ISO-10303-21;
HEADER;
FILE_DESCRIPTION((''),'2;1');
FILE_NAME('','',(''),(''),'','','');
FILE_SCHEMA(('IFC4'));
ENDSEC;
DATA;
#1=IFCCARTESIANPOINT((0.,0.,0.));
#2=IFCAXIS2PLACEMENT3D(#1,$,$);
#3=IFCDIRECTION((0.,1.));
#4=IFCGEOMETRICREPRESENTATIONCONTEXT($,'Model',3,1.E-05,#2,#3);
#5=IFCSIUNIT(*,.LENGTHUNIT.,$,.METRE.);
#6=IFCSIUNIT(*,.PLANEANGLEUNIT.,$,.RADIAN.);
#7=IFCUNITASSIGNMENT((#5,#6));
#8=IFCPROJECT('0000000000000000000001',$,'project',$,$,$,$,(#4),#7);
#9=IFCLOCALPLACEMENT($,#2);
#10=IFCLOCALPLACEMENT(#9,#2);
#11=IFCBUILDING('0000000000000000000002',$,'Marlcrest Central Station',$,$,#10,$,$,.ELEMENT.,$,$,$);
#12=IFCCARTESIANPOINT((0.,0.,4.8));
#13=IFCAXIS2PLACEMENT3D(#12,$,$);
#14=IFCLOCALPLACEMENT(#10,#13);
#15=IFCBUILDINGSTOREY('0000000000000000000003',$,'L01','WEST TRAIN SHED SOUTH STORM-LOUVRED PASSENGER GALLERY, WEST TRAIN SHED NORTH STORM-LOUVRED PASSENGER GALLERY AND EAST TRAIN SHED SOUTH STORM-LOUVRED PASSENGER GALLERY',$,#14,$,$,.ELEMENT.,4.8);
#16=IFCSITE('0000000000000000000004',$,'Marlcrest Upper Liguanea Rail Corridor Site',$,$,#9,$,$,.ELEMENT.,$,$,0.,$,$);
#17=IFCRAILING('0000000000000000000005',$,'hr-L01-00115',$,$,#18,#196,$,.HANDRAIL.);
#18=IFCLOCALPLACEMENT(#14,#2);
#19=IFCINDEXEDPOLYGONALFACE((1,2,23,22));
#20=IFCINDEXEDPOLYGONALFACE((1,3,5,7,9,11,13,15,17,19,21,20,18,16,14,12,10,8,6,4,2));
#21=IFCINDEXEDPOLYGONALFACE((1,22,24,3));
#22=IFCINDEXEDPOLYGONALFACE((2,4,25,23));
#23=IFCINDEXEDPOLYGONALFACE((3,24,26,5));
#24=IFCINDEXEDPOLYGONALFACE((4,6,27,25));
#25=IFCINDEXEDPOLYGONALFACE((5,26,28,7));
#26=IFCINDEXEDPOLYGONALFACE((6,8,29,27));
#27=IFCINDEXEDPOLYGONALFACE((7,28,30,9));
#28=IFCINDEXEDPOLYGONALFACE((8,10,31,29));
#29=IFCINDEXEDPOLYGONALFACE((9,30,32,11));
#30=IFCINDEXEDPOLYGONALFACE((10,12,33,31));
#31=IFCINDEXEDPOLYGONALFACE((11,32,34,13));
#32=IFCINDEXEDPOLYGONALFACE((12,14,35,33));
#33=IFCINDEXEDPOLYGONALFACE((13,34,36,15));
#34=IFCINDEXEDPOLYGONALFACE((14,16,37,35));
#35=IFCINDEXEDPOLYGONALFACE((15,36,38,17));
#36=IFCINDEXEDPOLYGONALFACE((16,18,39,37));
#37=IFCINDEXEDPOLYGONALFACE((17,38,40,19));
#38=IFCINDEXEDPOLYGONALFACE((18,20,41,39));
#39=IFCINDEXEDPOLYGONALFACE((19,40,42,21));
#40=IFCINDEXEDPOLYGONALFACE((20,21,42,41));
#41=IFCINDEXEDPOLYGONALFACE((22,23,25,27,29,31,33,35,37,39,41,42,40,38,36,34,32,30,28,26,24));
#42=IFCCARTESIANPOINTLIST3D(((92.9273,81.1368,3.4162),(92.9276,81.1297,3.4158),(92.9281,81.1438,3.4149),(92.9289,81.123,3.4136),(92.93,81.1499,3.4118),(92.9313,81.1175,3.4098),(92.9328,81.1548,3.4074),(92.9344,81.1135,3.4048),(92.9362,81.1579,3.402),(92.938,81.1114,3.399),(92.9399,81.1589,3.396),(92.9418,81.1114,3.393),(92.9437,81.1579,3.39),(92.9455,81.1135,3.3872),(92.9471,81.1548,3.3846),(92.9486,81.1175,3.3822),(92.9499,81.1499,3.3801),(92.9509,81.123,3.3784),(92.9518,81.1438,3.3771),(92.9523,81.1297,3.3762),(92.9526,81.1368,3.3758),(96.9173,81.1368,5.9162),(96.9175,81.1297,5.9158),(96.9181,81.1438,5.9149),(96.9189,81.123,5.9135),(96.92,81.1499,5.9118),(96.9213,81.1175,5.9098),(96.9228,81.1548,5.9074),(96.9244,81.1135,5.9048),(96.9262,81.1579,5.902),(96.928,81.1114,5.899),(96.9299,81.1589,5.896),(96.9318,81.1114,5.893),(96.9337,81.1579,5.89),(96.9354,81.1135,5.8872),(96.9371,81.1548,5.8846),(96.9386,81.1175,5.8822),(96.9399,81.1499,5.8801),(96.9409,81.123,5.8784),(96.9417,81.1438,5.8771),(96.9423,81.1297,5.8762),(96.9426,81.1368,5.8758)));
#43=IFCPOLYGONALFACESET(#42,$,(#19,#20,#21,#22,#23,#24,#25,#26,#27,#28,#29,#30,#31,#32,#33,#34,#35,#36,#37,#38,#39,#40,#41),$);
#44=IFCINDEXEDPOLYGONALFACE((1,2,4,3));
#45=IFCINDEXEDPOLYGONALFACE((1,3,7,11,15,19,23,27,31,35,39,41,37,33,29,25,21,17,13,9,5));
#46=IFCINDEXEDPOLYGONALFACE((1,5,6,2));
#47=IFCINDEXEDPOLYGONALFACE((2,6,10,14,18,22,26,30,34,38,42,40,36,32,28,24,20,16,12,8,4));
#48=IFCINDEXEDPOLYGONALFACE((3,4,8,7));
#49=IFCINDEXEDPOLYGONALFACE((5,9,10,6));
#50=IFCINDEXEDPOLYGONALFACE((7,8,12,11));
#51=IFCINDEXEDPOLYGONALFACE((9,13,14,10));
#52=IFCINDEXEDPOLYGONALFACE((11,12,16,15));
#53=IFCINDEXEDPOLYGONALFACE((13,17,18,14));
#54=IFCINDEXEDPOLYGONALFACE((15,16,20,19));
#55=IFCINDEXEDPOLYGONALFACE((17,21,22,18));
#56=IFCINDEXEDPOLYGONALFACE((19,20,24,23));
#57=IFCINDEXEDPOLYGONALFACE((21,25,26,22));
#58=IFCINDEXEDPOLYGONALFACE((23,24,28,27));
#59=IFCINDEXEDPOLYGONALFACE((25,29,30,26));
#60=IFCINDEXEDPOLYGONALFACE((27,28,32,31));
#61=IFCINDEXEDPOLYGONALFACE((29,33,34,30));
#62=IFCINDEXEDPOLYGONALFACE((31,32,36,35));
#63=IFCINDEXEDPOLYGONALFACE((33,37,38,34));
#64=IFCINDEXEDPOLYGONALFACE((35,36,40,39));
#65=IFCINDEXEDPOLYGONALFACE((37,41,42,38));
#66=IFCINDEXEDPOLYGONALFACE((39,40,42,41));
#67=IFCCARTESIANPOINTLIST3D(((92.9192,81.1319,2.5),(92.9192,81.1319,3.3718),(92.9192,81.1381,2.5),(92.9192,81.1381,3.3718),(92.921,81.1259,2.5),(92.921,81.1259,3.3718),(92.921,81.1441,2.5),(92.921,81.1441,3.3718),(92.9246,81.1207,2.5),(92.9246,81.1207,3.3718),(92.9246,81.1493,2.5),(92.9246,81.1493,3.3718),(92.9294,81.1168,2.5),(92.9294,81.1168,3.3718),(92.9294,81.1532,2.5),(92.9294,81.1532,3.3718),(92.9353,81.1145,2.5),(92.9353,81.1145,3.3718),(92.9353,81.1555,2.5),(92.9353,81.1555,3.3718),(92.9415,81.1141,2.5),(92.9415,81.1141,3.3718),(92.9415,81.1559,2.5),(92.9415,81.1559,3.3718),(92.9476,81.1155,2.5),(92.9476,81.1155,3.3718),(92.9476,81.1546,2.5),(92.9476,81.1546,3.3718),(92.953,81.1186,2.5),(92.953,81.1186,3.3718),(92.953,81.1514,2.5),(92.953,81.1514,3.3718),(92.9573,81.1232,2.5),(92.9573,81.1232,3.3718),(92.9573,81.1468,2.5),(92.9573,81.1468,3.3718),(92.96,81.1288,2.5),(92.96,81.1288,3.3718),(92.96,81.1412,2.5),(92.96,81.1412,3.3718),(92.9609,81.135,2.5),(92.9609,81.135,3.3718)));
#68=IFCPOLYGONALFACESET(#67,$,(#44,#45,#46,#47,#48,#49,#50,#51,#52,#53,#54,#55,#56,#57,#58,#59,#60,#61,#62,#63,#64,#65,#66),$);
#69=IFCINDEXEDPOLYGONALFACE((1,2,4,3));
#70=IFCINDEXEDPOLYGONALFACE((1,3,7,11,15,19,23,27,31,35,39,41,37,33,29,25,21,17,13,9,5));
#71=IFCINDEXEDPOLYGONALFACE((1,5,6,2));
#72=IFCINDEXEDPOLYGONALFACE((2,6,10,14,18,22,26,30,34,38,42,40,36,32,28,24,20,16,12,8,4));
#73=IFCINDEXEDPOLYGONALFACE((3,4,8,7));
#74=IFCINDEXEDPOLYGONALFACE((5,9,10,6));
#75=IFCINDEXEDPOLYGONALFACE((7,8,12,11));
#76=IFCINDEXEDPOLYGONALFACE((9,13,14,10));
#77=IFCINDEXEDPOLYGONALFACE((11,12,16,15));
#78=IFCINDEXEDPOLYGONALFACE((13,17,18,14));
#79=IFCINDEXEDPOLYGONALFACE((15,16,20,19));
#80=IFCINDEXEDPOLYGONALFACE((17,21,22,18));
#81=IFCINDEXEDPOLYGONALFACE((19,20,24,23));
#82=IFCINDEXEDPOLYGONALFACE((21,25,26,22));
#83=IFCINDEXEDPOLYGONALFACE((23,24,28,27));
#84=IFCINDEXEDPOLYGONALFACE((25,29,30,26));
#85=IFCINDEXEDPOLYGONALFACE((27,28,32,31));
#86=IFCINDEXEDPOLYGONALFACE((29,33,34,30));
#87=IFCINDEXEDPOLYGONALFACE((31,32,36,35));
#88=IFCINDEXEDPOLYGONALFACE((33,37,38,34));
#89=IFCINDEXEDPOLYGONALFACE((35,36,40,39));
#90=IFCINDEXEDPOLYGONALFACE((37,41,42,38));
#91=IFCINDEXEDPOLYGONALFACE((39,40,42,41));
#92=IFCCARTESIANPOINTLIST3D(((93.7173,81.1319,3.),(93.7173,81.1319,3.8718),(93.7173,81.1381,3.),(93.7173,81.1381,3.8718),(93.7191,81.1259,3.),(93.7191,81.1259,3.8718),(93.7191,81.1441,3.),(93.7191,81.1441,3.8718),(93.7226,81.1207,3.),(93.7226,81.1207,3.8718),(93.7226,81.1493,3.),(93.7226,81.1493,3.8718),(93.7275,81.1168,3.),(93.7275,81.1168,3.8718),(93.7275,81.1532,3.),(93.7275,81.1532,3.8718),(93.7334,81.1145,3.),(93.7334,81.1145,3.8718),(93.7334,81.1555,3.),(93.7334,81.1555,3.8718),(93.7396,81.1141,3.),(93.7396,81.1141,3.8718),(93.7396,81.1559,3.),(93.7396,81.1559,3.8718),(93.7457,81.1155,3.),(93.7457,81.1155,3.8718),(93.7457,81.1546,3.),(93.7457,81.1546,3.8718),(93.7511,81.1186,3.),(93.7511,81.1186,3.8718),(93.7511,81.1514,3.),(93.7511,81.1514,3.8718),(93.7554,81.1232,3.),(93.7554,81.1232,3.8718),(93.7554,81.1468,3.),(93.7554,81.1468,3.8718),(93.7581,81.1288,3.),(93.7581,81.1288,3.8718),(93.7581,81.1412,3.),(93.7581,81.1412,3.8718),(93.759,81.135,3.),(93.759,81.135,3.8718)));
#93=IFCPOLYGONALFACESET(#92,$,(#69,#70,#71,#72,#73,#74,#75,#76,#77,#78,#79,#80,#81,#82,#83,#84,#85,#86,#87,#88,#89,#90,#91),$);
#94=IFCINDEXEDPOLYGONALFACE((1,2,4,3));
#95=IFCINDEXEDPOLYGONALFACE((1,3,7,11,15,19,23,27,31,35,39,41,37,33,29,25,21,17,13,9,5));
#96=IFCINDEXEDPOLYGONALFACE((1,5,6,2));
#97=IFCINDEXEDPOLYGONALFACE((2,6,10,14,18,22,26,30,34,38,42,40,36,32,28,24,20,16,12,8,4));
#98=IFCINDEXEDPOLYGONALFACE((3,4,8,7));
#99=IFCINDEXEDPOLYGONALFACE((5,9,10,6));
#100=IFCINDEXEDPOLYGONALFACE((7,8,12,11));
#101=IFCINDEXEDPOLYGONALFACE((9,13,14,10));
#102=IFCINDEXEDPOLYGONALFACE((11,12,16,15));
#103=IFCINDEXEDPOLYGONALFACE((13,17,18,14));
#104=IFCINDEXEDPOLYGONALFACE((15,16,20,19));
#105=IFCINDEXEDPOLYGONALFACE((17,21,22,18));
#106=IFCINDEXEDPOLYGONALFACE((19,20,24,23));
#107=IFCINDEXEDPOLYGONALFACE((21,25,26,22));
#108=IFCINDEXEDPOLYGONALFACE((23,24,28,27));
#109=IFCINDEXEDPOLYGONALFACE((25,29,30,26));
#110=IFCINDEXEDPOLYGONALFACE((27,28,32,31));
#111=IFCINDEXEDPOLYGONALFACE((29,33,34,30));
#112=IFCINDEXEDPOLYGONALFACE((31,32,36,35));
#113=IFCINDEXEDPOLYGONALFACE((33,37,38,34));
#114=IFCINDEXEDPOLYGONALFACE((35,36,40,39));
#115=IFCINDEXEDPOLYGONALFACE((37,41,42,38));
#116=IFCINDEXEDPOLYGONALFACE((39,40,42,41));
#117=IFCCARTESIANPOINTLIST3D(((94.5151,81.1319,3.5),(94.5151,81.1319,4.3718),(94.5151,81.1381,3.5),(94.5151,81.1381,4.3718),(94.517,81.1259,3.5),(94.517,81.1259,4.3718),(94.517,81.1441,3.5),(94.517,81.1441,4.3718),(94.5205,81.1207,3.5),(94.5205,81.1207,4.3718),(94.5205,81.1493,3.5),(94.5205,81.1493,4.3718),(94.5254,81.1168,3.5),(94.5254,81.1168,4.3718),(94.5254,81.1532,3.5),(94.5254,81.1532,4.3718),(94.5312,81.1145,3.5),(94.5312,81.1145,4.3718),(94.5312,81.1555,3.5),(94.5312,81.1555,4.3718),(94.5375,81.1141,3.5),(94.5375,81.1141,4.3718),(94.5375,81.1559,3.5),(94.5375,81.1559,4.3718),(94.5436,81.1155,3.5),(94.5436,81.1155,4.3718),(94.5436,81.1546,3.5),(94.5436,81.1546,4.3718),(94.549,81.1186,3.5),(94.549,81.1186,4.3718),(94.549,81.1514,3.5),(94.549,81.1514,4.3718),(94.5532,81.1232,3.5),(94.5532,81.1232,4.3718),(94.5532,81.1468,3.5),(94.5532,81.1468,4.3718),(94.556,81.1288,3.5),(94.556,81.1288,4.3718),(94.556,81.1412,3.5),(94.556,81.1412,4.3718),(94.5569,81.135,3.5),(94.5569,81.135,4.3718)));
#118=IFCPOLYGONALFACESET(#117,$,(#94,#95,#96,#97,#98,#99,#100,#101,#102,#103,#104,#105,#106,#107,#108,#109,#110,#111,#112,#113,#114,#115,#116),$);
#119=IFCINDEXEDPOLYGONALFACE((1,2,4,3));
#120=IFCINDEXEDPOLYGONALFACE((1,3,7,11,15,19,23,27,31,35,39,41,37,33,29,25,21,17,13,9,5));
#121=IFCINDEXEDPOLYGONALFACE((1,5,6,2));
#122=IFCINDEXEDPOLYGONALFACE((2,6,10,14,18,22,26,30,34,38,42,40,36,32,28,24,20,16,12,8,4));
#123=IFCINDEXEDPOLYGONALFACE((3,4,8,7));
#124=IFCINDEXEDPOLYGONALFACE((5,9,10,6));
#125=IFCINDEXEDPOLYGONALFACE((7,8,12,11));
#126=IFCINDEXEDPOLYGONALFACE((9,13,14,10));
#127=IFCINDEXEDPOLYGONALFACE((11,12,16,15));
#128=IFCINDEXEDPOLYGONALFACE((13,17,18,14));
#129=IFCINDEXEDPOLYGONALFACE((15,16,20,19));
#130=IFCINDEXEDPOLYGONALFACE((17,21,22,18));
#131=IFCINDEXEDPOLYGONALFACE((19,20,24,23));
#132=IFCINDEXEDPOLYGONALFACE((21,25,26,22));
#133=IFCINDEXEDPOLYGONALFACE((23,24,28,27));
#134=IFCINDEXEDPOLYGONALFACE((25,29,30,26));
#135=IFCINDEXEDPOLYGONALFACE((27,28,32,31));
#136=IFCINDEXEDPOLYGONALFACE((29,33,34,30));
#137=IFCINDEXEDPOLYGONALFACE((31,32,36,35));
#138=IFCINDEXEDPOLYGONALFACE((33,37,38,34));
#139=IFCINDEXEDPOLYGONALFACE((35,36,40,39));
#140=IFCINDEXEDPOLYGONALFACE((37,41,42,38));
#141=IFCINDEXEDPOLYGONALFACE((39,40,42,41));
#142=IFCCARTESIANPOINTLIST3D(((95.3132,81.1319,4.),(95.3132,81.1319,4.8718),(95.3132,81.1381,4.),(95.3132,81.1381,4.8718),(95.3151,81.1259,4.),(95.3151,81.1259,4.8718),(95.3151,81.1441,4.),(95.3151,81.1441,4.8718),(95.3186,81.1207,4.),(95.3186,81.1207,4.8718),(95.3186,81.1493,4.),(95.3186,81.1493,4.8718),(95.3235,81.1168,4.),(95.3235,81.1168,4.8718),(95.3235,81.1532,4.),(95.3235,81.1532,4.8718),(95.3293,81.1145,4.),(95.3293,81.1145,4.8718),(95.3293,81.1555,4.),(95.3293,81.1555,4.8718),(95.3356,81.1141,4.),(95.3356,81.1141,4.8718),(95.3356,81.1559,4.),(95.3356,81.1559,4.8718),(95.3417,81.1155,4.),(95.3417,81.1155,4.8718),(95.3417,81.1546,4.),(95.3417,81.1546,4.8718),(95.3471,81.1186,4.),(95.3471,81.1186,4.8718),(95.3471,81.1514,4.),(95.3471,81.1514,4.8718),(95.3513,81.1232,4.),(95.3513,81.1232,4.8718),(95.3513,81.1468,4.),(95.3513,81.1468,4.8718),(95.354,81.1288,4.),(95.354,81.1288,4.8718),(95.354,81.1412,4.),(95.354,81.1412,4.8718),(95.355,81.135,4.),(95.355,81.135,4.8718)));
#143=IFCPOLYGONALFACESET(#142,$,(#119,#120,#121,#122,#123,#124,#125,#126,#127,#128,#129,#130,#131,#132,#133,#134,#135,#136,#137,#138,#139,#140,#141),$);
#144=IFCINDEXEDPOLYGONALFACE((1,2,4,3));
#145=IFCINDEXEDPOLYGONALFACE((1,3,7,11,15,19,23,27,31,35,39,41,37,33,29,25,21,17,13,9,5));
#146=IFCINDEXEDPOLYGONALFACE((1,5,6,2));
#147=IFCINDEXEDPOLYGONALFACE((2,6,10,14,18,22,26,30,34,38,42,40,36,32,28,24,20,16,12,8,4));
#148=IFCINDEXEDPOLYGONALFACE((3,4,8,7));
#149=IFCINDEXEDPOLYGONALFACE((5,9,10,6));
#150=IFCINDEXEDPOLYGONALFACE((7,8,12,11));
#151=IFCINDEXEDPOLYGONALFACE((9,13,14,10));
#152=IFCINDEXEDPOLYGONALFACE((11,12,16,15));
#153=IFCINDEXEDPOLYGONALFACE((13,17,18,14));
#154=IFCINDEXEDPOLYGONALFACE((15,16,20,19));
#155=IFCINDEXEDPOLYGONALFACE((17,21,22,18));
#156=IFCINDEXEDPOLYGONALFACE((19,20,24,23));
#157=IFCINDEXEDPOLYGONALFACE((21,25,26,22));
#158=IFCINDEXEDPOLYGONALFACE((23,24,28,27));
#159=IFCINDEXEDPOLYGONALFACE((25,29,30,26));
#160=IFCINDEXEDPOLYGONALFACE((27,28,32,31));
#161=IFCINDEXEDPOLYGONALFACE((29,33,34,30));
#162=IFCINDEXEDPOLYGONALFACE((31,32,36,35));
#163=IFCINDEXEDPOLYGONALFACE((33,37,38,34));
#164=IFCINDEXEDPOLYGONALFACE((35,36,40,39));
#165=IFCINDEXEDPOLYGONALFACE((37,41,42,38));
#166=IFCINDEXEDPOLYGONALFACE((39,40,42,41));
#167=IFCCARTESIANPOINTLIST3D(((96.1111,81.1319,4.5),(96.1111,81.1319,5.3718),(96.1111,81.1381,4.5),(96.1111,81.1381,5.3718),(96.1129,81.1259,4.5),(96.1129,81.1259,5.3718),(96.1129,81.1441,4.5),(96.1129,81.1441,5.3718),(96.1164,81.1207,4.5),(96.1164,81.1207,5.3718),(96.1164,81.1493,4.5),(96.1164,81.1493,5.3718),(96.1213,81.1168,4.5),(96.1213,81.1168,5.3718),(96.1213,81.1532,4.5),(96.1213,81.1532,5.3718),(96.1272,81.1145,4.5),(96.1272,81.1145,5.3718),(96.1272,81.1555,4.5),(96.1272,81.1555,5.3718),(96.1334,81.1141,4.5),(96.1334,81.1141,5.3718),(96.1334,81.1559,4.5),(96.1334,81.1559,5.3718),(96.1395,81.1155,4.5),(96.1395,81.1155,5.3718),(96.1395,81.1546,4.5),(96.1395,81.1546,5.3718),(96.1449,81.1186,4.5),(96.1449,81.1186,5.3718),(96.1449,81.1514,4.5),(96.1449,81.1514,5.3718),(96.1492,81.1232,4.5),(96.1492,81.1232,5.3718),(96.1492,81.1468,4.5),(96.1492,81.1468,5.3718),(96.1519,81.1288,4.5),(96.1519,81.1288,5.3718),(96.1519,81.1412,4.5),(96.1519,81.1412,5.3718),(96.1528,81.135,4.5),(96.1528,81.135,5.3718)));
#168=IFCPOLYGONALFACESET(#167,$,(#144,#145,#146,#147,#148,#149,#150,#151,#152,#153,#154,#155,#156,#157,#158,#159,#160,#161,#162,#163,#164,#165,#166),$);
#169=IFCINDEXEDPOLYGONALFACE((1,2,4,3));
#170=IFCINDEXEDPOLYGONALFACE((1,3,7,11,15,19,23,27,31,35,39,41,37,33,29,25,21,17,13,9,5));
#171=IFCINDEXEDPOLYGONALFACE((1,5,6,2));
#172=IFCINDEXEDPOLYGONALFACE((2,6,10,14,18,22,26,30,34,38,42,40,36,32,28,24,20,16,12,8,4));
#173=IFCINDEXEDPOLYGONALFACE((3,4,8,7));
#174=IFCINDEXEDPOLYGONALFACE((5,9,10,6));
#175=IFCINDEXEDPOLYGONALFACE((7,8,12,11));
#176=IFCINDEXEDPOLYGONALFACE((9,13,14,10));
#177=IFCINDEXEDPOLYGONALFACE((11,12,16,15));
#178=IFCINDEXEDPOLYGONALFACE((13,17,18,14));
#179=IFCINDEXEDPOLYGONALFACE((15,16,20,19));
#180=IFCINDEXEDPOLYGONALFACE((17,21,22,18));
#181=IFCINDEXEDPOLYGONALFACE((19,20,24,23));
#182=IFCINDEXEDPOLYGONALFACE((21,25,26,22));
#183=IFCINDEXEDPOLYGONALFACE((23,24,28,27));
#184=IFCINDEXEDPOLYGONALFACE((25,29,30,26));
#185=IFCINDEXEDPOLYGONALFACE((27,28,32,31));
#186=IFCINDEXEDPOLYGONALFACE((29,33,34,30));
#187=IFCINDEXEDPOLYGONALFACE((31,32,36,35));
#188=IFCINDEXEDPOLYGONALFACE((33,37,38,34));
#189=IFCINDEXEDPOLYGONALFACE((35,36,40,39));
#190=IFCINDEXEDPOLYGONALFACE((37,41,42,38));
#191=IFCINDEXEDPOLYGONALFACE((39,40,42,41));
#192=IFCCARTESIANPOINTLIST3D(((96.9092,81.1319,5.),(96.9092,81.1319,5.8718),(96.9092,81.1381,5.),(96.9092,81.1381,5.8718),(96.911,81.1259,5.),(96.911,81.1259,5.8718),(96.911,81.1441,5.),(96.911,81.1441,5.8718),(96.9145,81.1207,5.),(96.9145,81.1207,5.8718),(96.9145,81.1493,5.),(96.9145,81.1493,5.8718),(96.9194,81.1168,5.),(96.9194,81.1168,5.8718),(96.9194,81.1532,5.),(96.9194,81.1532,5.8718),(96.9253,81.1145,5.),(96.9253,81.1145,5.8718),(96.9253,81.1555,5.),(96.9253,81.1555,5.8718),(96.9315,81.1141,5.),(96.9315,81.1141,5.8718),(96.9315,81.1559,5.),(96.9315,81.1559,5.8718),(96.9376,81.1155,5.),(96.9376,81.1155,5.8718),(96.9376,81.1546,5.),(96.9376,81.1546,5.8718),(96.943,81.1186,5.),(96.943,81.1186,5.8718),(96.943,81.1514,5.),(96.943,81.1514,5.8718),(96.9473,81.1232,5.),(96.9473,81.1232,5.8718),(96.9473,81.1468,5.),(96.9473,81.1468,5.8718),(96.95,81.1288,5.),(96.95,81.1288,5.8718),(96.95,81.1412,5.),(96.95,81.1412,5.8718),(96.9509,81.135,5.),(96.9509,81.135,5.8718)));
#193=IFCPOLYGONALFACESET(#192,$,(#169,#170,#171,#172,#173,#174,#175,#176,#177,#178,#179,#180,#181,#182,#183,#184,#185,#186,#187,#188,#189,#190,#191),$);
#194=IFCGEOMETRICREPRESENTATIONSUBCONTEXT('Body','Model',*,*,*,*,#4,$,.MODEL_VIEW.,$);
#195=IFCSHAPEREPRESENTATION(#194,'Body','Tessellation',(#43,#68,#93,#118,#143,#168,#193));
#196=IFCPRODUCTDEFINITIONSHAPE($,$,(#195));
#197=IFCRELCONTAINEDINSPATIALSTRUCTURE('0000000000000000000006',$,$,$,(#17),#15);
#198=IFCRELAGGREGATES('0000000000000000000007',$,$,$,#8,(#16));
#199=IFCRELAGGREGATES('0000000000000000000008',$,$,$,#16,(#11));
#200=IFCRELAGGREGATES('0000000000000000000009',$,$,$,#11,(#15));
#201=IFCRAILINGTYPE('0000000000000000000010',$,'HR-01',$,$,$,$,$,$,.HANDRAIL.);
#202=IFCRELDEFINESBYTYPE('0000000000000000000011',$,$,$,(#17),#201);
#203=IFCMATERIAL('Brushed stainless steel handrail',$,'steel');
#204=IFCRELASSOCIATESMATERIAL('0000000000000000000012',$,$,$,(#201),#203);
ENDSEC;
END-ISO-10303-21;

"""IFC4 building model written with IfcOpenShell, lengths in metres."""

from ifc_helpers import new_model, si_unit, direction, frame, origin, origin_2d, place, context, subcontext, project, spatial, circle, extrude, material, type_object, element, save


model = new_model("IFC4")

# Units and contexts
model_context = context("Model", 3, precision=1e-05, world=origin(), true_north=direction((0.0, 1.0)))
body_context = subcontext(model_context, "Body", "Model", "MODEL_VIEW")
ifc_project = project(units=[si_unit("LENGTHUNIT", "METRE"), si_unit("PLANEANGLEUNIT", "RADIAN")], contexts=[model_context])

# Site, building, storey
site_placement = place(None, origin())
site = spatial("IfcSite", under=ifc_project, at=site_placement, Name="Marlcrest Upper Liguanea Rail Corridor Site", CompositionType="ELEMENT", RefElevation=0.0)
building_placement = place(site_placement, origin())
building = spatial("IfcBuilding", under=site, at=building_placement, Name="Marlcrest Central Station", CompositionType="ELEMENT")
storey_placement = place(building_placement, frame((0.0, 0.0, 4.8)))
storey = spatial("IfcBuildingStorey", under=building, at=storey_placement, Name="L01", Description="WEST TRAIN SHED SOUTH STORM-LOUVRED PASSENGER GALLERY, WEST TRAIN SHED NORTH STORM-LOUVRED PASSENGER GALLERY AND EAST TRAIN SHED SOUTH STORM-LOUVRED PASSENGER GALLERY", CompositionType="ELEMENT", Elevation=4.8)

# Railing
ifc_material_1 = material(Name="Brushed stainless steel handrail", Category="steel")
railing_type_1 = type_object("IfcRailingType", Name="HR-01", PredefinedType="HANDRAIL", material=ifc_material_1)
for number, where, name in (
    (1, (92.9399, 81.135, 2.5), "hr-L01-00115"),
):
    element("IfcRailing", number, at=place(storey_placement, frame(where)), inside=storey, type_object=railing_type_1, Name=name, PredefinedType="HANDRAIL", context=body_context, shape_type="SweptSolid", body=[
        extrude(circle(Radius=0.0239, at=origin_2d()), frame((0.0, 0.0, 0.896), z_axis=(0.847401, 0.0, 0.530954), x_axis=(0.0, 1.0, 0.0)), (0.0, 0.0, 1.0), 4.7085),
        extrude(circle(Radius=0.021, at=origin_2d()), origin(), (0.0, 0.0, 1.0), 0.8718),
        extrude(circle(Radius=0.021, at=origin_2d()), frame((0.7981, 0.0, 0.5)), (0.0, 0.0, 1.0), 0.8718),
        extrude(circle(Radius=0.021, at=origin_2d()), frame((1.5959, 0.0, 1.0)), (0.0, 0.0, 1.0), 0.8718),
        extrude(circle(Radius=0.021, at=origin_2d()), frame((2.394, 0.0, 1.5)), (0.0, 0.0, 1.0), 0.8718),
        extrude(circle(Radius=0.021, at=origin_2d()), frame((3.1919, 0.0, 2.0)), (0.0, 0.0, 1.0), 0.8718),
        extrude(circle(Radius=0.021, at=origin_2d()), frame((3.99, 0.0, 2.5)), (0.0, 0.0, 1.0), 0.8718),
    ])

save(model, "model.ifc")
